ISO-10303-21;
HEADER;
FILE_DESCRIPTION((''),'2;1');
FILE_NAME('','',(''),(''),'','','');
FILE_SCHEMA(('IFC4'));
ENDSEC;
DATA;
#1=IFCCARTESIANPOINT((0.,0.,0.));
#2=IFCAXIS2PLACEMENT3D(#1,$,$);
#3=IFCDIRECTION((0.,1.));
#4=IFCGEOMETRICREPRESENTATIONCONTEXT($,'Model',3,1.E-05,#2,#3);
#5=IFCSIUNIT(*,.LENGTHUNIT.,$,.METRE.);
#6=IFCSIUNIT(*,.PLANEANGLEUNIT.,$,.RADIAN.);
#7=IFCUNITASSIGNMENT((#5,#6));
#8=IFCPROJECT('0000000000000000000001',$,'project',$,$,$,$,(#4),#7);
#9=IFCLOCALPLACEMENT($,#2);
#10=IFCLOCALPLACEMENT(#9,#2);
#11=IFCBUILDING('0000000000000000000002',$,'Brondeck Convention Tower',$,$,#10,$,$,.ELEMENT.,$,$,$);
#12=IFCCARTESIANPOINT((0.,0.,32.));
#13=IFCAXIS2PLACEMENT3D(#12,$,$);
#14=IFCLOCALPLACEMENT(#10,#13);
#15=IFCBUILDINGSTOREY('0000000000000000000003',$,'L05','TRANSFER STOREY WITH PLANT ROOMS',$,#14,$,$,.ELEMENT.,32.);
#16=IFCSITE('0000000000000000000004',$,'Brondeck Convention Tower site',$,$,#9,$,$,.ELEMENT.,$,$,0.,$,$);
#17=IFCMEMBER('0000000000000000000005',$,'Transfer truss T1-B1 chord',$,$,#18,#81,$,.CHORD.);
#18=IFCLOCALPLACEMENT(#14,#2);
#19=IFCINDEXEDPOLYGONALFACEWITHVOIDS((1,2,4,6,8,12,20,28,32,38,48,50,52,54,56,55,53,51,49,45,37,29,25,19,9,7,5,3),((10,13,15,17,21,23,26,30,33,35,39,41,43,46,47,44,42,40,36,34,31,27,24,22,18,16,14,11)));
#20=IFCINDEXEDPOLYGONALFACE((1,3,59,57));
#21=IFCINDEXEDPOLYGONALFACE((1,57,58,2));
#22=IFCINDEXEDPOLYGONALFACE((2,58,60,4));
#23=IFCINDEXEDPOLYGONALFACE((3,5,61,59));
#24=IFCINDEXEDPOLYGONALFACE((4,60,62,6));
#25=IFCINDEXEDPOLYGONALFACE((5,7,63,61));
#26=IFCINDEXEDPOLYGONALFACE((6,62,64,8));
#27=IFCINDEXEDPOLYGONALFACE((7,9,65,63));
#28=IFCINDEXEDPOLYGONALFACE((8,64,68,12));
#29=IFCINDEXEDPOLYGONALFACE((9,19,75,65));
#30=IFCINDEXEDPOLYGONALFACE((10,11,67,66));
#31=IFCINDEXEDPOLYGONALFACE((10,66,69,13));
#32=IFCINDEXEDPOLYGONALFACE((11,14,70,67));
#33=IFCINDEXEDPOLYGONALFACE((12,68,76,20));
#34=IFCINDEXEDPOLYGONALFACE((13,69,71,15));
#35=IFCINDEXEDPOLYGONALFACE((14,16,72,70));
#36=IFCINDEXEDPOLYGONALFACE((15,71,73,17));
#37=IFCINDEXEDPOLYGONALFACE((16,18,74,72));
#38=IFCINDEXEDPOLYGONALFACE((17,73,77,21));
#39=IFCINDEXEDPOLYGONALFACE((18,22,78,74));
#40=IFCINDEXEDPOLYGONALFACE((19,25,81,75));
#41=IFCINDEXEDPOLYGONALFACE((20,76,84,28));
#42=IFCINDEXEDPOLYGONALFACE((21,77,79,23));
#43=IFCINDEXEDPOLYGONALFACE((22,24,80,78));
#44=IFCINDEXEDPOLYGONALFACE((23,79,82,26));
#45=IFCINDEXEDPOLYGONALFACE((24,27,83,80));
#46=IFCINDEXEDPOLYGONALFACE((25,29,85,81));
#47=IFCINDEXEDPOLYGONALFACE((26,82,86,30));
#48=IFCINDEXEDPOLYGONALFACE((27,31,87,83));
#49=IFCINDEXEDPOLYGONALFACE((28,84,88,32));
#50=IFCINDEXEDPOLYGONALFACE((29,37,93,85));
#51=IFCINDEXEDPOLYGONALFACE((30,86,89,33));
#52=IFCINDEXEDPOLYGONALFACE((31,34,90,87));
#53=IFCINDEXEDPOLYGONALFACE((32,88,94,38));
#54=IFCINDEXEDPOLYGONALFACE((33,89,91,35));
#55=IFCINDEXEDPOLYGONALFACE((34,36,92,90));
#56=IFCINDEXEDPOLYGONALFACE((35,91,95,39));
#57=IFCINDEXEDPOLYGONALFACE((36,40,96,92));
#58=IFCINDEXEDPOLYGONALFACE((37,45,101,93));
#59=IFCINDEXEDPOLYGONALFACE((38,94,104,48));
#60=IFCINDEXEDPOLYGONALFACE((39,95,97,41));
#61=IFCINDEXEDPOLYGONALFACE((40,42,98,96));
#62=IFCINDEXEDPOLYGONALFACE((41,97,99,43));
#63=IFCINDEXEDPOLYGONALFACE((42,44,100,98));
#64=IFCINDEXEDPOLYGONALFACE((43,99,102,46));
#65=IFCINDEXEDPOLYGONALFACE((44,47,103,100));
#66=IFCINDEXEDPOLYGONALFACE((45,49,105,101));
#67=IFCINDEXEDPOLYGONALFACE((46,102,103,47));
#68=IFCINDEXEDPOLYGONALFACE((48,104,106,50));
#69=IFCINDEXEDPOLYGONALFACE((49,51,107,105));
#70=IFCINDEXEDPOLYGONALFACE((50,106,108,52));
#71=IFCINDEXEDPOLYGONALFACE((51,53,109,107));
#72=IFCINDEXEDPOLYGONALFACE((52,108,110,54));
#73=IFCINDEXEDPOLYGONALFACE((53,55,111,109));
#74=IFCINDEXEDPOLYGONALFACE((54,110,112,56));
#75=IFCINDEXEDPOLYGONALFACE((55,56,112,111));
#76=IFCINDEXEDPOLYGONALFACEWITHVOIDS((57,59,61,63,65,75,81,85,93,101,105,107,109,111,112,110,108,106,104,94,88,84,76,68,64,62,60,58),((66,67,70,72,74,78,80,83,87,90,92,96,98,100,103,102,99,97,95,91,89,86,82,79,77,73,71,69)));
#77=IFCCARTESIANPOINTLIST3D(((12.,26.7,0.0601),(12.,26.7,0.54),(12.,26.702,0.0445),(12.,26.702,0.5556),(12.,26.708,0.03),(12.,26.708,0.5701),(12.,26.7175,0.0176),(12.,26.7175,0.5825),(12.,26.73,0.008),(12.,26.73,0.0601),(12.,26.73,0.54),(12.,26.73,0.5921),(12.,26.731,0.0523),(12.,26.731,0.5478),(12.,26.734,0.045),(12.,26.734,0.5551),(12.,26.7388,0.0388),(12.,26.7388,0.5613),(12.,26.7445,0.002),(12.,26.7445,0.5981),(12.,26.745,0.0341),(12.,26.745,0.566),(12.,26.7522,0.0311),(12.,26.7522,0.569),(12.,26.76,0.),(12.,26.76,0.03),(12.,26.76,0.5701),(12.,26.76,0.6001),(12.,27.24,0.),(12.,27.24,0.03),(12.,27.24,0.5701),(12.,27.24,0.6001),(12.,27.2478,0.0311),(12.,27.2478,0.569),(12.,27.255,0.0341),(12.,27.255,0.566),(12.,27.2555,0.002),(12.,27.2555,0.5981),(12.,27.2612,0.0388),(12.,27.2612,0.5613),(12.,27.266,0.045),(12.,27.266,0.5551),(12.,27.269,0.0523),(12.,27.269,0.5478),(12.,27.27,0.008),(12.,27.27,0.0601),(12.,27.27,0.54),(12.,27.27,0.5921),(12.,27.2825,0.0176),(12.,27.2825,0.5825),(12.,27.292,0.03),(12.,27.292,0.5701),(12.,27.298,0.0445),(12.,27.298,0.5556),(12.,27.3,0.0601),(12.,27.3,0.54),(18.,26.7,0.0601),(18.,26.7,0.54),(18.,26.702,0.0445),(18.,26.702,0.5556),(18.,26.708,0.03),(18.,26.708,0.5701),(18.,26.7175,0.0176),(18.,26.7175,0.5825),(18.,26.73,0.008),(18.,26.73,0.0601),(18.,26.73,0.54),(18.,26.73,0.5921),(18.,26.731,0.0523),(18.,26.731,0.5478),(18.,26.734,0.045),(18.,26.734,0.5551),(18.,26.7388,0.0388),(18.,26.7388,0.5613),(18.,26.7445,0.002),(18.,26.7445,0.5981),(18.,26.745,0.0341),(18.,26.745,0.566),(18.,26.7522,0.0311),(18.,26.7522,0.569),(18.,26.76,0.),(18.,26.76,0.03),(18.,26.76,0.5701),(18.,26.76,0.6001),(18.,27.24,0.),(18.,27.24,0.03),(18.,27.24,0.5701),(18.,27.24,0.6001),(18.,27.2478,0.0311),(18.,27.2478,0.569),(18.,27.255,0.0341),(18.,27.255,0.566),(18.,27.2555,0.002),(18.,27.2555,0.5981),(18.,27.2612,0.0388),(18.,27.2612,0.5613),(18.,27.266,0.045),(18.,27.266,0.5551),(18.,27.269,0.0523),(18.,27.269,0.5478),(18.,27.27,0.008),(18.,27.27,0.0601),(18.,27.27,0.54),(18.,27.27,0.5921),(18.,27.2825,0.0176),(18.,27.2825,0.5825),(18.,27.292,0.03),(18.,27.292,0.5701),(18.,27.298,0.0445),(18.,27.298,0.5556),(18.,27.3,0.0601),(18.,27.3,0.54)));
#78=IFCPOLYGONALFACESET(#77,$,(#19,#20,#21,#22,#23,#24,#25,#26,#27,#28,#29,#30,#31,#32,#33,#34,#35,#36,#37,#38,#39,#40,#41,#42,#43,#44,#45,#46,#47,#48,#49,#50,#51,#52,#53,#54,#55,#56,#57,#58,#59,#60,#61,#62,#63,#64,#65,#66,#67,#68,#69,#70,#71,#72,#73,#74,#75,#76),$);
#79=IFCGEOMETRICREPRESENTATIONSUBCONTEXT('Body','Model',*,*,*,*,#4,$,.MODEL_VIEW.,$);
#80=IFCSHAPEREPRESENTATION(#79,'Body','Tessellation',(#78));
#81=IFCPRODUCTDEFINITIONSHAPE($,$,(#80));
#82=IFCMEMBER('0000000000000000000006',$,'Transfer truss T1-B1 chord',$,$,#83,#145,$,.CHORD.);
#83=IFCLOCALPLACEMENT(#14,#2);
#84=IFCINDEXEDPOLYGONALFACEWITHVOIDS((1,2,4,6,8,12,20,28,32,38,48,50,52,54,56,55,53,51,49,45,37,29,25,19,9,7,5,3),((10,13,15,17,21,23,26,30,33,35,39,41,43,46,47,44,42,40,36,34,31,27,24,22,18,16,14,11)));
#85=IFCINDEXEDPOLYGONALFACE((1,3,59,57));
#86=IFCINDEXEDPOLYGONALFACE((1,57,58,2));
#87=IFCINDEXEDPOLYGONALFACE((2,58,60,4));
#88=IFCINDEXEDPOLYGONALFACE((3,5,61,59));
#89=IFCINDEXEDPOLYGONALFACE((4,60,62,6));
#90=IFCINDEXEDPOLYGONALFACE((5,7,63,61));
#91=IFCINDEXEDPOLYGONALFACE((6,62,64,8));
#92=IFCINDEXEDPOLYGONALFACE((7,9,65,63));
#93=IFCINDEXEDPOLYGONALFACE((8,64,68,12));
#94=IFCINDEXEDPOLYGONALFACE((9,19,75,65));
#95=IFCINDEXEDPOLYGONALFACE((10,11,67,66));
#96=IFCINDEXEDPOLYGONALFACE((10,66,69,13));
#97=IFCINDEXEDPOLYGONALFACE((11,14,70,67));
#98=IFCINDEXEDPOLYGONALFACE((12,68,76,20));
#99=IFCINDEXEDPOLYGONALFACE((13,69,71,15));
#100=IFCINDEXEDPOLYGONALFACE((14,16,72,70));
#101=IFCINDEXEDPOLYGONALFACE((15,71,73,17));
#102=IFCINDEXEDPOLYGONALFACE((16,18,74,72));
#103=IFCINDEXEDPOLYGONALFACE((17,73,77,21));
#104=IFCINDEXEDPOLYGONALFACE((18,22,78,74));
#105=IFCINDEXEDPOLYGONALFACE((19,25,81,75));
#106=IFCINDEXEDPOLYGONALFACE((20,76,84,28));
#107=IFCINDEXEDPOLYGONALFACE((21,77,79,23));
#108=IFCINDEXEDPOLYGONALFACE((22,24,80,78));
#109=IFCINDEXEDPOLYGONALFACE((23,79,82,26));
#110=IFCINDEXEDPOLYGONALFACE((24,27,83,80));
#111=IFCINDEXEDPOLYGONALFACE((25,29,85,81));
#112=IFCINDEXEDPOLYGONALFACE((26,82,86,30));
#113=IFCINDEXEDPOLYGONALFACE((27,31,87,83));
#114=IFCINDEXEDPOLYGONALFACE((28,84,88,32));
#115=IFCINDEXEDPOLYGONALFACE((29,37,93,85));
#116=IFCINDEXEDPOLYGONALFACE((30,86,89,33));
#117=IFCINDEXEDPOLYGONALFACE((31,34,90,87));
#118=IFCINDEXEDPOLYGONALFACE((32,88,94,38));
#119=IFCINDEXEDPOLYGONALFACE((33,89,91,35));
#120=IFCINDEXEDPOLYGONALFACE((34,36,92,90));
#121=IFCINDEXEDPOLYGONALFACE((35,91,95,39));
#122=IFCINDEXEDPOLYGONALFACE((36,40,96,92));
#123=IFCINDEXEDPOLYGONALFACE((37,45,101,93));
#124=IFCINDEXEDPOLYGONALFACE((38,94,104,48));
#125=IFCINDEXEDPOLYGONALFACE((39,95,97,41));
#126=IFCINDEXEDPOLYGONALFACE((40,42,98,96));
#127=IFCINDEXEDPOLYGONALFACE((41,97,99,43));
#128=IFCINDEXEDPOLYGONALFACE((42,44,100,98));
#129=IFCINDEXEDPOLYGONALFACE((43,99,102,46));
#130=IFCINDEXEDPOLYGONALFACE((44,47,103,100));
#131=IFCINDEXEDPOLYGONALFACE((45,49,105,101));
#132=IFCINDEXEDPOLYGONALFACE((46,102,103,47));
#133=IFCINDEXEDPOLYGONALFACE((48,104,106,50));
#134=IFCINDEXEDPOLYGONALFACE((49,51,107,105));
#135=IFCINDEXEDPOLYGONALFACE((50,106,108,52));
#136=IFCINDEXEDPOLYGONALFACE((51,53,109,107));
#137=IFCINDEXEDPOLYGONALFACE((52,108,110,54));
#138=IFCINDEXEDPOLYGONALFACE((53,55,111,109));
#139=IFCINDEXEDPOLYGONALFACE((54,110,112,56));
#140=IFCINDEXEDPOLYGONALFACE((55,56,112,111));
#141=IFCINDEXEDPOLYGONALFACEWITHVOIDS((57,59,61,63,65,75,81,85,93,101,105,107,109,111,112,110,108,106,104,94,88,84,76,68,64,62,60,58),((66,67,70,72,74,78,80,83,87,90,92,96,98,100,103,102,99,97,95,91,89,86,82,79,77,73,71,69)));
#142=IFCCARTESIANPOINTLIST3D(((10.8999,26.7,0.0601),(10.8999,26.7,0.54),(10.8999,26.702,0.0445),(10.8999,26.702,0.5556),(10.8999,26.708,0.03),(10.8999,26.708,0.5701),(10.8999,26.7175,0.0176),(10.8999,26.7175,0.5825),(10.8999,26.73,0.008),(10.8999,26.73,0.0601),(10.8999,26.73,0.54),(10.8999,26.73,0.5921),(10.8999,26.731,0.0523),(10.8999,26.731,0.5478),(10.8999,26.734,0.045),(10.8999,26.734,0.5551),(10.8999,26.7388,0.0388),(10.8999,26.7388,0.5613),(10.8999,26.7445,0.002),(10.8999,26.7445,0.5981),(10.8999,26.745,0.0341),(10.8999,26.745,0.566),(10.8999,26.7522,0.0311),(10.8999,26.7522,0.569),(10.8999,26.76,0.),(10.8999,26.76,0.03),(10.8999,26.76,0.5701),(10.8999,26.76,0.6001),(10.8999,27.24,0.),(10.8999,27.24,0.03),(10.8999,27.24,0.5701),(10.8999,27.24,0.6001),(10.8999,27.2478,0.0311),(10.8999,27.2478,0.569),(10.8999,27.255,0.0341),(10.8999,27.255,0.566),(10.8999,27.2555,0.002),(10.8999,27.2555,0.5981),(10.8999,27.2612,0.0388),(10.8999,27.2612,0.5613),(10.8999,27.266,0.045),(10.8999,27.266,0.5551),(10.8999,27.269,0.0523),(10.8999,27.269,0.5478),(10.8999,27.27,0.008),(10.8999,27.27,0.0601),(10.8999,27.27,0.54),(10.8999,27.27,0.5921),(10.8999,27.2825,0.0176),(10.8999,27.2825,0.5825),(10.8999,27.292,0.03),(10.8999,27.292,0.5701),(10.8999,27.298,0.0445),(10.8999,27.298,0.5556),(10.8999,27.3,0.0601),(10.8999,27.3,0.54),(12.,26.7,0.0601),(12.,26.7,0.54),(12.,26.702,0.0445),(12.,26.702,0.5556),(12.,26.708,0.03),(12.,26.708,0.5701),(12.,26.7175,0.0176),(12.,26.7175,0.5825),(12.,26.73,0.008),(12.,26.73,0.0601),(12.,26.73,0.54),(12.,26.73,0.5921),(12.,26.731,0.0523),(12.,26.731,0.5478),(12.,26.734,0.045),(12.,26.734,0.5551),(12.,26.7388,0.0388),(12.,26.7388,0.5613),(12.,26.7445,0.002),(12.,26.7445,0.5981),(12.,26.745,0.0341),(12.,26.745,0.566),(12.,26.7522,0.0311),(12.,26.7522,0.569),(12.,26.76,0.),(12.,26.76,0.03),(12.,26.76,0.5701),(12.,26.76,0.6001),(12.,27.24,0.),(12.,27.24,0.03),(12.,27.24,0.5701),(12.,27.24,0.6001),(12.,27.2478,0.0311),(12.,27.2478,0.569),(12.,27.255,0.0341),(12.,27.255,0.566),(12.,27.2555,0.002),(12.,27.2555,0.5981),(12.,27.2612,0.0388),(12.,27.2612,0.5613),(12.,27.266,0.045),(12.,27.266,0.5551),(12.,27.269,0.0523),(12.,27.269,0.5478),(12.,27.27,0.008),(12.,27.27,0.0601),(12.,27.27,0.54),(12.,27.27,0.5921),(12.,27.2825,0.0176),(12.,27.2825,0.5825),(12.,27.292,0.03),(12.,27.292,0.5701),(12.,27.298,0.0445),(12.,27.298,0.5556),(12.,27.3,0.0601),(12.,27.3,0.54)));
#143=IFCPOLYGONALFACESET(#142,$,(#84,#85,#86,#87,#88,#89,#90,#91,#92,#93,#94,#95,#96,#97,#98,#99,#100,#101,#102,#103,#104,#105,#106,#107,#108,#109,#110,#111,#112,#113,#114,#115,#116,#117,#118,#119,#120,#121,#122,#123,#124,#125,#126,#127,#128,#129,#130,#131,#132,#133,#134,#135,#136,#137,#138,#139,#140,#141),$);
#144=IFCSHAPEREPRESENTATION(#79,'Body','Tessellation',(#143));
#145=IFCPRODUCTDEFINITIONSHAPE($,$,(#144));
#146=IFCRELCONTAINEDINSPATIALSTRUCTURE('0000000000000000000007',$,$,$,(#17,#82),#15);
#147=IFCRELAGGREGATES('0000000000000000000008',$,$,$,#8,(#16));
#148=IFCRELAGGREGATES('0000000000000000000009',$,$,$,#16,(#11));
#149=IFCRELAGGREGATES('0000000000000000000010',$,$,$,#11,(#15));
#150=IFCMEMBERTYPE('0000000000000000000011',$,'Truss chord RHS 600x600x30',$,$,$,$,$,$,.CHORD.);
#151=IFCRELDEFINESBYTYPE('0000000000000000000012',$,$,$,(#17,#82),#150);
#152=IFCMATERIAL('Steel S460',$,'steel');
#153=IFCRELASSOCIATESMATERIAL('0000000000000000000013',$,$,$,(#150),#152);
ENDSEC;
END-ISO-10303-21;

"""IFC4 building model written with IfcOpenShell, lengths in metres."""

from ifc_helpers import new_model, si_unit, direction, frame, origin, origin_2d, place, context, subcontext, project, spatial, hollow_rectangle, extrude, material, material_profile, profile_set, type_object, element, save


model = new_model("IFC4")

# Units and contexts
model_context = context("Model", 3, precision=1e-05, world=origin(), true_north=direction((0.0, 1.0)))
body_context = subcontext(model_context, "Body", "Model", "MODEL_VIEW")
ifc_project = project(units=[si_unit("LENGTHUNIT", "METRE"), si_unit("PLANEANGLEUNIT", "RADIAN")], contexts=[model_context])

# Site, building, storey
site_placement = place(None, origin())
site = spatial("IfcSite", under=ifc_project, at=site_placement, Name="Brondeck Convention Tower site", CompositionType="ELEMENT", RefElevation=0.0)
building_placement = place(site_placement, origin())
building = spatial("IfcBuilding", under=site, at=building_placement, Name="Brondeck Convention Tower", CompositionType="ELEMENT")
storey_placement = place(building_placement, frame((0.0, 0.0, 32.0)))
storey = spatial("IfcBuildingStorey", under=building, at=storey_placement, Name="L05", Description="TRANSFER STOREY WITH PLANT ROOMS", CompositionType="ELEMENT", Elevation=32.0)

# Shared definitions
ifc_material_1 = material(Name="Steel S460", Category="steel")

# Members
ifc_material_profile_1 = material_profile(ifc_material_1, hollow_rectangle(XDim=0.6001, YDim=0.6001, WallThickness=0.03, InnerFilletRadius=0.03, OuterFilletRadius=0.0601, at=origin_2d()), Name="RHS 600x600x30")
ifc_profile_set_1 = profile_set([ifc_material_profile_1], Name="Steel S460")
member_type_1 = type_object("IfcMemberType", Name="Truss chord RHS 600x600x30", PredefinedType="CHORD", material=ifc_profile_set_1)
for number, where, z_axis, x_axis, name in (
    (1, (18.0, 27.0, 0.3), (-1.0, 0.0, 0.0), (0.0, -1.0, 0.0), "Transfer truss T1-B1 chord"),
):
    element("IfcMember", number, at=place(storey_placement, frame(where, z_axis=z_axis, x_axis=x_axis)), inside=storey, type_object=member_type_1, Name=name, PredefinedType="CHORD", context=body_context, shape_type="SweptSolid", body=[
        extrude(hollow_rectangle(XDim=0.6001, YDim=0.6001, WallThickness=0.03, InnerFilletRadius=0.03, OuterFilletRadius=0.0601, at=origin_2d()), origin(), (0.0, 0.0, 1.0), 6.0),
    ])
member_placement = place(storey_placement, frame((12.0, 27.0, 0.3), z_axis=(-1.0, 0.0, 0.0), x_axis=(0.0, -1.0, 0.0)))
element("IfcMember", 2, at=member_placement, inside=storey, type_object=member_type_1, Name="Transfer truss T1-B1 chord", PredefinedType="CHORD", context=body_context, shape_type="SweptSolid", body=[
    extrude(hollow_rectangle(XDim=0.6001, YDim=0.6001, WallThickness=0.03, InnerFilletRadius=0.03, OuterFilletRadius=0.0601, at=origin_2d()), origin(), (0.0, 0.0, 1.0), 1.1001),
])

save(model, "model.ifc")
